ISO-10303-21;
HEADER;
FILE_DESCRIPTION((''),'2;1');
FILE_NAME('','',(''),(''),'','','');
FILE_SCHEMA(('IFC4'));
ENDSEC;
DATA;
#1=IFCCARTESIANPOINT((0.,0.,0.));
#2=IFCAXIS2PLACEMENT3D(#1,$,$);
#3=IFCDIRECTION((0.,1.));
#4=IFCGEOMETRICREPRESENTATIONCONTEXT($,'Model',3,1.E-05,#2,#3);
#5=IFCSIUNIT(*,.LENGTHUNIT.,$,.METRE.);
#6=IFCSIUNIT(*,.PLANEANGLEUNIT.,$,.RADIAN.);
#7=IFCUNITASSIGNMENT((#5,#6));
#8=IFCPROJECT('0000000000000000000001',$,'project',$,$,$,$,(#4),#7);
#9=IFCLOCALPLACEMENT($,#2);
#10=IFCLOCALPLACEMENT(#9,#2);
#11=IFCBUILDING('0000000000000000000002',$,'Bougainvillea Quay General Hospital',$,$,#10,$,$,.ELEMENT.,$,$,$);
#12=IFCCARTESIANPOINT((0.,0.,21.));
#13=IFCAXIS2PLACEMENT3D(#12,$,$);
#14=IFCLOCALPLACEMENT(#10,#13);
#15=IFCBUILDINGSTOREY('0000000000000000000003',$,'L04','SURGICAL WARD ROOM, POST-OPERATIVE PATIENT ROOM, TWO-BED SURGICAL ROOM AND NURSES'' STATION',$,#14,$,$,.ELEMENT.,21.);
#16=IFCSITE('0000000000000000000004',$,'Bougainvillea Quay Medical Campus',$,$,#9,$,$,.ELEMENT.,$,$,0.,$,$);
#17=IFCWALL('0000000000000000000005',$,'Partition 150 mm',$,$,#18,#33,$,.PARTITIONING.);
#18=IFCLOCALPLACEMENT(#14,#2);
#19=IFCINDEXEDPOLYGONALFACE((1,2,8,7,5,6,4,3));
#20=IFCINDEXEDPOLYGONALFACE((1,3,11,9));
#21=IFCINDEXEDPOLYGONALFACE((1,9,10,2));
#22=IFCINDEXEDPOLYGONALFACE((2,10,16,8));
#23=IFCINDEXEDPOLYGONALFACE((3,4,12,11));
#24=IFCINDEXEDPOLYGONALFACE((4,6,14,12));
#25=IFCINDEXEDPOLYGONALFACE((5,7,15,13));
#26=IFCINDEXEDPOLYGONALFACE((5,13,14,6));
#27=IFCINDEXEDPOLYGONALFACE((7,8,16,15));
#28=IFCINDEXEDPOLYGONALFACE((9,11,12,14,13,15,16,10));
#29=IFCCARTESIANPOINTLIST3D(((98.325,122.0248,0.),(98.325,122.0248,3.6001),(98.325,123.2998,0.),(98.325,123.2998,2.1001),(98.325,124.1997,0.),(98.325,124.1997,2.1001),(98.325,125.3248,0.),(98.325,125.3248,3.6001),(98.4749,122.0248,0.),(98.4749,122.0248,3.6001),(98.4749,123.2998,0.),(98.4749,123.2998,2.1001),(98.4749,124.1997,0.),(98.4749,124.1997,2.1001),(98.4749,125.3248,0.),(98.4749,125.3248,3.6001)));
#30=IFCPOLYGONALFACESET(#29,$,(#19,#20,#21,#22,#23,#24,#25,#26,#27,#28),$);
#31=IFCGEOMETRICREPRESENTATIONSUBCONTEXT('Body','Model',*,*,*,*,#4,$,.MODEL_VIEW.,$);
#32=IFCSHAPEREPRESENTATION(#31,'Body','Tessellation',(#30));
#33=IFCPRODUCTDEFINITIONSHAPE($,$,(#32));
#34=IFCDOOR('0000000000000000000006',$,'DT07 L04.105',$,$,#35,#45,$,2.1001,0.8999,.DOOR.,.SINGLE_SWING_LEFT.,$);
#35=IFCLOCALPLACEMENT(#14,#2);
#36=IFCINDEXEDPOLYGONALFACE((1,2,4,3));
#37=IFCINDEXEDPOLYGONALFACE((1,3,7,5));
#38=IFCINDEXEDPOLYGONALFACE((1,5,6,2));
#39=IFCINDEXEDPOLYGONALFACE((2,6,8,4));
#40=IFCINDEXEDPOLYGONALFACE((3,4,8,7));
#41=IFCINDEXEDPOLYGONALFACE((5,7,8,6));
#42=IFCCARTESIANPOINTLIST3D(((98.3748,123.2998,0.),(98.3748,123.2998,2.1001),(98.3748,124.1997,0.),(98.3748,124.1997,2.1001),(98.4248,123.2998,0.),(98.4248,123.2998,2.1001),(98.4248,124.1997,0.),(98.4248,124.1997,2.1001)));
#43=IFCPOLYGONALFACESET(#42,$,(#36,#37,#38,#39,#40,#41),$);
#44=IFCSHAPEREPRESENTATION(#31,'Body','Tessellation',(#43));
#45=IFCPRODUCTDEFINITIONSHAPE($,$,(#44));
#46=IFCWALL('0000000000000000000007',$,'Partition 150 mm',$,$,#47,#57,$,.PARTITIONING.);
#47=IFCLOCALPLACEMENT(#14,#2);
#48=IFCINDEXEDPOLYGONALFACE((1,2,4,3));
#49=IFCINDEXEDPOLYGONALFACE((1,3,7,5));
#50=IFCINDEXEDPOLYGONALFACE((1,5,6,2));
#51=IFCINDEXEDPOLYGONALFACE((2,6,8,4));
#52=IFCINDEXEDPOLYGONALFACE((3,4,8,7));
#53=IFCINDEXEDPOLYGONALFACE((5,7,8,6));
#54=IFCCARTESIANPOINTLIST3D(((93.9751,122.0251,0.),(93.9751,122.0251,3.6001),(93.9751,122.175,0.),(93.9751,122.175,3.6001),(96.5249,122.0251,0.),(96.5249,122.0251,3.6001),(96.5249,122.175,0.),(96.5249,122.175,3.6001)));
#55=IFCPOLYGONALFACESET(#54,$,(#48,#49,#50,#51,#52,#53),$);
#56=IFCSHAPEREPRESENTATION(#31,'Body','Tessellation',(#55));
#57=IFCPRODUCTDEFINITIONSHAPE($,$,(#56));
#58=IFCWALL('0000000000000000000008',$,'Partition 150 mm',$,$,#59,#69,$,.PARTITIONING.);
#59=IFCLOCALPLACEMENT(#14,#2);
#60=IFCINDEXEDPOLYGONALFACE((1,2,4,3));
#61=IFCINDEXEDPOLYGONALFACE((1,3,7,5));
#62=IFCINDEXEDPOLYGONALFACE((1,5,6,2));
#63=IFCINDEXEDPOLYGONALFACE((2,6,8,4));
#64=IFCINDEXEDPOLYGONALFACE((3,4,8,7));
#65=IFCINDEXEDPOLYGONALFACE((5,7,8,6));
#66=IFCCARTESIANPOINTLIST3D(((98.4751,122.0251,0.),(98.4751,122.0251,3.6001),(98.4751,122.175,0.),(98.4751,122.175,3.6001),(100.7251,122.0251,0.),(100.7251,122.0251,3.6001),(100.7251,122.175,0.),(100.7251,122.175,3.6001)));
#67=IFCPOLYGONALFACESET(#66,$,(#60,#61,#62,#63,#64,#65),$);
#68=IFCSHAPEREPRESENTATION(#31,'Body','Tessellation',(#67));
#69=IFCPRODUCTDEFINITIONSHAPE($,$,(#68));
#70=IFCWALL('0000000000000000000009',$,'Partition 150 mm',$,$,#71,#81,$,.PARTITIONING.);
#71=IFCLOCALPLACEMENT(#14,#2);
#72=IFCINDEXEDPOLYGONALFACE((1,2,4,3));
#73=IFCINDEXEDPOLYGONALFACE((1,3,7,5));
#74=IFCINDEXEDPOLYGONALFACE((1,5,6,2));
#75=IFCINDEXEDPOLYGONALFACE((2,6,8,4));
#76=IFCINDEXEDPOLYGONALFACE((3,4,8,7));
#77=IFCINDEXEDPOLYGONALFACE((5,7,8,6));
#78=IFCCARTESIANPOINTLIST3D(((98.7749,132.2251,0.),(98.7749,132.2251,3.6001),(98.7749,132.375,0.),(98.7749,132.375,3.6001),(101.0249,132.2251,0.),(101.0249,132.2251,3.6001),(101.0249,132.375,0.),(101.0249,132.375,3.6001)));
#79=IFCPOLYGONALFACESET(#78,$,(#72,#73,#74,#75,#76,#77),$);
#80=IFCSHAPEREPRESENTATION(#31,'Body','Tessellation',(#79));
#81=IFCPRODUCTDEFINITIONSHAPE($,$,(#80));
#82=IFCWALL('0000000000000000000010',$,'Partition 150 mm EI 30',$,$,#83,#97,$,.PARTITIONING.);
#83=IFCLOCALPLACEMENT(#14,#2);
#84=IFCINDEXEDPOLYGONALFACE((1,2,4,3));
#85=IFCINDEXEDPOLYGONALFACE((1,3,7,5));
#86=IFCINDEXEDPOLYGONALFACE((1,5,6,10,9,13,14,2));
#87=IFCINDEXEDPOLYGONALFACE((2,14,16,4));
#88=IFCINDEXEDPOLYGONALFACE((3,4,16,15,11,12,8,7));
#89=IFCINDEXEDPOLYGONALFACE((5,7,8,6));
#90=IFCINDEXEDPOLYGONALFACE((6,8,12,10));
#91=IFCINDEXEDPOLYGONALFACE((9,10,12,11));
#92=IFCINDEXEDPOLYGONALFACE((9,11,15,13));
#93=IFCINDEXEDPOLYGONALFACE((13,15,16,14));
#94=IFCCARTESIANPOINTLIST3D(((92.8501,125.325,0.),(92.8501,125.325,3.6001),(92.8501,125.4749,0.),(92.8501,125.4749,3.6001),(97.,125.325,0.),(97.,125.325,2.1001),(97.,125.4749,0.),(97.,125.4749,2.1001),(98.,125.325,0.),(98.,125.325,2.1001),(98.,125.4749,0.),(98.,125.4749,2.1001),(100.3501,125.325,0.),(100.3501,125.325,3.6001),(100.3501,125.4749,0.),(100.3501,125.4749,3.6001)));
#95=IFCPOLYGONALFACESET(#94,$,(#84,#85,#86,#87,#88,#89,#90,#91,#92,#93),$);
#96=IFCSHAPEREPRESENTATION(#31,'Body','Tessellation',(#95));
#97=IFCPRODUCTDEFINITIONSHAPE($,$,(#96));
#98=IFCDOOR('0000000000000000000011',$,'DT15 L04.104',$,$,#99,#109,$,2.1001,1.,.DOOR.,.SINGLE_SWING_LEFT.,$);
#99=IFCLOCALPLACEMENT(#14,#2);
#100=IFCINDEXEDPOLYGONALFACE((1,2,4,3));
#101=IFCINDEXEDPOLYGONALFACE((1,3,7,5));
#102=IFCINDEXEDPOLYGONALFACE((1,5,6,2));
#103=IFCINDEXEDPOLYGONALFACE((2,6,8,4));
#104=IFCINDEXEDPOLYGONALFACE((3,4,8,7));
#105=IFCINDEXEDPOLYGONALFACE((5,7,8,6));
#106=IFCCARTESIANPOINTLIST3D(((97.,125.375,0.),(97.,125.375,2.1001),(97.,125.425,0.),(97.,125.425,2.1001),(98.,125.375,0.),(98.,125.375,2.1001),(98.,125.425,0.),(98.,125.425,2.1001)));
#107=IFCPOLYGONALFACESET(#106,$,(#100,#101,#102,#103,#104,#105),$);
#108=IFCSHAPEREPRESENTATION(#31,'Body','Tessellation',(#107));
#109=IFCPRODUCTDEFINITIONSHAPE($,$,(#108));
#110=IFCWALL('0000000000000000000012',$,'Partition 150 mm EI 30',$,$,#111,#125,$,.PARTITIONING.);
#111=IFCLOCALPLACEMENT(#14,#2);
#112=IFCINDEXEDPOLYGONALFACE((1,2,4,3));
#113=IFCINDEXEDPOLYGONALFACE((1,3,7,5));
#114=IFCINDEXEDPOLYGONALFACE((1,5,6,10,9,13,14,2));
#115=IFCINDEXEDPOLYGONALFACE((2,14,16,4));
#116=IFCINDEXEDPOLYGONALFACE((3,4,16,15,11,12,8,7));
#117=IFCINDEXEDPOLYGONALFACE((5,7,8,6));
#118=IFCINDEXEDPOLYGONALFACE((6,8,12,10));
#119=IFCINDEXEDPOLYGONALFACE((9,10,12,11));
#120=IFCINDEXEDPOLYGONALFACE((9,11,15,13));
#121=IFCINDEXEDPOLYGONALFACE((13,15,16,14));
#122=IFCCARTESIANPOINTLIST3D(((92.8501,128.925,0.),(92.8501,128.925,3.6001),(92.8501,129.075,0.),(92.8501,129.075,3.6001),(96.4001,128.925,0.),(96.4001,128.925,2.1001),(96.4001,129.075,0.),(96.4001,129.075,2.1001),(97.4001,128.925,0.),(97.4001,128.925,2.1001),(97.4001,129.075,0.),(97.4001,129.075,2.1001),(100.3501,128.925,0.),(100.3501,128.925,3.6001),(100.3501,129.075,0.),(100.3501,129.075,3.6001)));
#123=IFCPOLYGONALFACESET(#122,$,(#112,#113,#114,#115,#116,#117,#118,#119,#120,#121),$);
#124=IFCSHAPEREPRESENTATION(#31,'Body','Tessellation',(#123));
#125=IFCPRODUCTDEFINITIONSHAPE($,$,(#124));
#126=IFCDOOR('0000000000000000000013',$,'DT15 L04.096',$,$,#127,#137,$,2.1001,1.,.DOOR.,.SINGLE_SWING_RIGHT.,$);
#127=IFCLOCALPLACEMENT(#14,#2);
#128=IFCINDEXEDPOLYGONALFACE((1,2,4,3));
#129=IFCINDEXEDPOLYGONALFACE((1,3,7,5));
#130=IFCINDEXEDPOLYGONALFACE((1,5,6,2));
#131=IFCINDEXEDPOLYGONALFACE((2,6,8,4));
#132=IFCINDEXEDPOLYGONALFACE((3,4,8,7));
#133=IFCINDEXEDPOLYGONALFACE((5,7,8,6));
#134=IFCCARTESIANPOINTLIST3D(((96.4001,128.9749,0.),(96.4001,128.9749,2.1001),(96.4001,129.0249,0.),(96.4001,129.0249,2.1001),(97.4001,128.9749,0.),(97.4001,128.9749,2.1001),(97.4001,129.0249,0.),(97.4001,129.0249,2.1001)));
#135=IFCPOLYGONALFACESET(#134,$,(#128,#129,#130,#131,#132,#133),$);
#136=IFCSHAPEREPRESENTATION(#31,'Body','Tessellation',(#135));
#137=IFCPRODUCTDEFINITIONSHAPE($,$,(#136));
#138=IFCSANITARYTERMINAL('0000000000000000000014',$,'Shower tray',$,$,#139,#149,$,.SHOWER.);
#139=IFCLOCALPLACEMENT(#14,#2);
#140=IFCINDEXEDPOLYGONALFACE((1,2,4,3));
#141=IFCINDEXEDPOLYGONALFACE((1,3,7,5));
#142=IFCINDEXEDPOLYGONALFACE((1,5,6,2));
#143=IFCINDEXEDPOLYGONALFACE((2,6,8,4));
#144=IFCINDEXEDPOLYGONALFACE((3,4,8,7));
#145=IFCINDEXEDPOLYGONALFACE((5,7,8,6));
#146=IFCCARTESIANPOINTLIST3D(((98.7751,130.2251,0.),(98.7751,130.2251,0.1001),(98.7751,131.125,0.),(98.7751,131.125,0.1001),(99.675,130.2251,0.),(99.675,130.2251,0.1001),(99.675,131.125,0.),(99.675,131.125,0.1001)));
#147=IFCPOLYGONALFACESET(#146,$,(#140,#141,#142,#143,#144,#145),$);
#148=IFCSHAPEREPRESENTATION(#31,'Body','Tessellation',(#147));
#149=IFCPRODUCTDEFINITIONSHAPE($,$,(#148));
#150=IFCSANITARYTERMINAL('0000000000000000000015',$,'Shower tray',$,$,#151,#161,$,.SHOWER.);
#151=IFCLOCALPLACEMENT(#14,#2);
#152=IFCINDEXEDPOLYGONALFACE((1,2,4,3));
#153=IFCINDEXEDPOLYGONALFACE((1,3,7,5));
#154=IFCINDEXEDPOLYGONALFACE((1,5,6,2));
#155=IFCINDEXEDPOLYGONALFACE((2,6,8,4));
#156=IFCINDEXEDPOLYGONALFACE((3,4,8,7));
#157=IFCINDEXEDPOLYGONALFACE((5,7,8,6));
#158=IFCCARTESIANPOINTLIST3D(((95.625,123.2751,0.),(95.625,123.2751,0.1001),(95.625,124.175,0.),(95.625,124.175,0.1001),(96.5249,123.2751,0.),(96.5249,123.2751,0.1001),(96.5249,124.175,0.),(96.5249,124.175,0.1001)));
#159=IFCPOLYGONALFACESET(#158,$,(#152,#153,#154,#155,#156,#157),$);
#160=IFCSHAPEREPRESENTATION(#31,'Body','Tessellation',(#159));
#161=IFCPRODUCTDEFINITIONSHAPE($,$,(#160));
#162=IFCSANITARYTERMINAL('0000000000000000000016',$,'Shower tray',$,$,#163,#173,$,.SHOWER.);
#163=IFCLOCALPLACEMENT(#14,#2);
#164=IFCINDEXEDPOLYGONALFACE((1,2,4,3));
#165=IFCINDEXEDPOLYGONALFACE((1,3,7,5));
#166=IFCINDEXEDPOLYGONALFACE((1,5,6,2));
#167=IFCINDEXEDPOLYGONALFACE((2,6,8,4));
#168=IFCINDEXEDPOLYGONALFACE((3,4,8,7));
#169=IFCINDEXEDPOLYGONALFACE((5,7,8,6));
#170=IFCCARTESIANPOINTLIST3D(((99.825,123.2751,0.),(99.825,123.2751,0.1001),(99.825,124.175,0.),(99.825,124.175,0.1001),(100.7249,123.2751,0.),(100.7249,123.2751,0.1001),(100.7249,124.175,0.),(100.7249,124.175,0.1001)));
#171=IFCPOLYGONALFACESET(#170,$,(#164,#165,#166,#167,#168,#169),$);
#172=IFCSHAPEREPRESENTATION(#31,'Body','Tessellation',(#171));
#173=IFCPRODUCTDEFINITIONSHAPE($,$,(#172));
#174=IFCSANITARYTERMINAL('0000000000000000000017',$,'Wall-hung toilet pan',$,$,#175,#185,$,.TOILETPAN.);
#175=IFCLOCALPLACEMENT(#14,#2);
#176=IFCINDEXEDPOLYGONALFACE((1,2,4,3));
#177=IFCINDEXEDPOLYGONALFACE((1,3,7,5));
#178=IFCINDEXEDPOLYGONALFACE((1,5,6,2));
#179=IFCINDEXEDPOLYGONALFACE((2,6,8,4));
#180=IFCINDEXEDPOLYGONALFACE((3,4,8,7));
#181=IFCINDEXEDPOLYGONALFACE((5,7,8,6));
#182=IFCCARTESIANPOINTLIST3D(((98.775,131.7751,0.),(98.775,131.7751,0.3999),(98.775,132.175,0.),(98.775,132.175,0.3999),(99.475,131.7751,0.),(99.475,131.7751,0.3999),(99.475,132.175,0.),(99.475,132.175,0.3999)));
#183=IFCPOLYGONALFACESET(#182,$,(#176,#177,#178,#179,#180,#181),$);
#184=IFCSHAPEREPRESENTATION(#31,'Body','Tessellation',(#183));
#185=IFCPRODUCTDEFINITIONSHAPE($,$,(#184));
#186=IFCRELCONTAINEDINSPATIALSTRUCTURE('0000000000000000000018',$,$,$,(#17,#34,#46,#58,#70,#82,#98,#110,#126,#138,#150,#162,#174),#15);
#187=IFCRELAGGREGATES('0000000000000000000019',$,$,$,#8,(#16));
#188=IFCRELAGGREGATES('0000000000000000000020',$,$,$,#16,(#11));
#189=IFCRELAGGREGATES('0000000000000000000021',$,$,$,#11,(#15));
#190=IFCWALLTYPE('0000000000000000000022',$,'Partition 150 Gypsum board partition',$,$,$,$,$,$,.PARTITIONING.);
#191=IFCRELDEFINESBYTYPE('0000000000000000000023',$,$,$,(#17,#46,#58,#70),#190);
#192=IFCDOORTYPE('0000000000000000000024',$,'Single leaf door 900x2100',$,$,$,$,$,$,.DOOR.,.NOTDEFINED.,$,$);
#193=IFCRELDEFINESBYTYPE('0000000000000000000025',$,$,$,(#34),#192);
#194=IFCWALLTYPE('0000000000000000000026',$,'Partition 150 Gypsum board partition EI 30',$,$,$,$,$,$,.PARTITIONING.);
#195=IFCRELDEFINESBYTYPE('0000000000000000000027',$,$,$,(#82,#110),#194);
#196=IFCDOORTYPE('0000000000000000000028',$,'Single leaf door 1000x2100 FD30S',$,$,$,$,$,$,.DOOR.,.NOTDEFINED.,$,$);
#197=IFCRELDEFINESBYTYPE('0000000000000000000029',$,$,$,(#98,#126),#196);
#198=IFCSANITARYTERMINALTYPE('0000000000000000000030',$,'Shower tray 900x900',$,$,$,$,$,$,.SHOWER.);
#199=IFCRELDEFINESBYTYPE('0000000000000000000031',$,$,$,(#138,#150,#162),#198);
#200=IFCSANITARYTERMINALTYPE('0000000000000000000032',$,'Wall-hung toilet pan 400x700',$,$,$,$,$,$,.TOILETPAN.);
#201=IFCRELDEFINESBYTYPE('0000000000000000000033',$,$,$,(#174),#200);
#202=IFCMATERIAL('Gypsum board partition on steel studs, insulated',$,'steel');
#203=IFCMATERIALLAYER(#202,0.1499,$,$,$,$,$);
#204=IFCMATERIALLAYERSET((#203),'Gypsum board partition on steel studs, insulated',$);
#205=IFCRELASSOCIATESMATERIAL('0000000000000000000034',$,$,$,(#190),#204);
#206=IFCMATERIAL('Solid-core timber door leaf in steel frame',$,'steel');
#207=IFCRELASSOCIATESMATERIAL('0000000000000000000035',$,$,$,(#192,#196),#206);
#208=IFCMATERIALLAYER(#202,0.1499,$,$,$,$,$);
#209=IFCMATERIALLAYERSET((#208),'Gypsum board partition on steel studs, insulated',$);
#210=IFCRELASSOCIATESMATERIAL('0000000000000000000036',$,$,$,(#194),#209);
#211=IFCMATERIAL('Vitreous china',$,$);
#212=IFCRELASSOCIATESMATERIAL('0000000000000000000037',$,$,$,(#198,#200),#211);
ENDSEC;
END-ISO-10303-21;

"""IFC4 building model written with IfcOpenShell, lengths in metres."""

from ifc_helpers import new_model, si_unit, direction, frame, frame_2d, origin, origin_2d, place, context, subcontext, project, spatial, rectangle, extrude, material, layer, layer_set, type_object, element, fill, save


model = new_model("IFC4")

# Units and contexts
model_context = context("Model", 3, precision=1e-05, world=origin(), true_north=direction((0.0, 1.0)))
body_context = subcontext(model_context, "Body", "Model", "MODEL_VIEW")
ifc_project = project(units=[si_unit("LENGTHUNIT", "METRE"), si_unit("PLANEANGLEUNIT", "RADIAN")], contexts=[model_context])

# Site, building, storey
site_placement = place(None, origin())
site = spatial("IfcSite", under=ifc_project, at=site_placement, Name="Bougainvillea Quay Medical Campus", CompositionType="ELEMENT", RefElevation=0.0)
building_placement = place(site_placement, origin())
building = spatial("IfcBuilding", under=site, at=building_placement, Name="Bougainvillea Quay General Hospital", CompositionType="ELEMENT")
storey_placement = place(building_placement, frame((0.0, 0.0, 21.0)))
storey = spatial("IfcBuildingStorey", under=building, at=storey_placement, Name="L04", Description="SURGICAL WARD ROOM, POST-OPERATIVE PATIENT ROOM, TWO-BED SURGICAL ROOM AND NURSES' STATION", CompositionType="ELEMENT", Elevation=21.0)

# Shared definitions
ifc_material_1 = material(Name="Gypsum board partition on steel studs, insulated", Category="steel")
ifc_layer_1 = layer(ifc_material_1, 0.1499)
ifc_layer_set_1 = layer_set([ifc_layer_1], Name="Gypsum board partition on steel studs, insulated")
wall_type_1 = type_object("IfcWallType", Name="Partition 150 Gypsum board partition", PredefinedType="PARTITIONING", material=ifc_layer_set_1)

# Wall, opening, door
ifc_material_2 = material(Name="Solid-core timber door leaf in steel frame", Category="steel")
door_type_1 = type_object("IfcDoorType", Name="Single leaf door 900x2100", OperationType="NOTDEFINED", PredefinedType="DOOR", material=ifc_material_2)
wall_1_placement = place(storey_placement, frame((98.3999, 122.0249, 0.0), z_axis=(0.0, 0.0, 1.0), x_axis=(0.0, 1.0, 0.0)))
wall_1 = element("IfcWall", 1, at=wall_1_placement, inside=storey, type_object=wall_type_1, Name="Partition 150 mm", PredefinedType="PARTITIONING", context=body_context, shape_type="SweptSolid", body=[
    extrude(rectangle(XDim=3.3, YDim=0.1499, at=frame_2d((1.6499, 0.0))), origin(), (0.0, 0.0, 1.0), 3.6001),
])
opening_1_placement = place(wall_1_placement, frame((1.2749, 0.0, 0.0)))
opening_1 = element("IfcOpeningElement", 2, at=opening_1_placement, cuts=wall_1, PredefinedType="OPENING", context=body_context, shape_type="SweptSolid", body=[
    extrude(rectangle(XDim=0.8999, YDim=2.1001, at=frame_2d((0.45, 1.05))), frame((0.0, 0.085, 0.0), z_axis=(0.0, -1.0, 0.0), x_axis=(1.0, 0.0, 0.0)), (0.0, 0.0, 1.0), 0.1699),
])
door_1_placement = place(opening_1_placement, frame((0.8999, 0.0, 0.0), z_axis=(0.0, 0.0, 1.0), x_axis=(-1.0, 0.0, 0.0)))
door_1 = element("IfcDoor", 3, at=door_1_placement, inside=storey, type_object=door_type_1, Name="DT07 L04.105", OperationType="SINGLE_SWING_LEFT", OverallHeight=2.1001, OverallWidth=0.8999, PredefinedType="DOOR", context=body_context, shape_type="SweptSolid", body=[
    extrude(rectangle(XDim=0.8999, YDim=2.1001, at=frame_2d((0.45, 1.05))), frame((0.0, 0.0249, 0.0), z_axis=(0.0, -1.0, 0.0), x_axis=(1.0, 0.0, 0.0)), (0.0, 0.0, 1.0), 0.05),
])
fill(opening_1, door_1)

# Walls
wall_2_placement = place(storey_placement, frame((93.9751, 122.1001, 0.0), z_axis=(0.0, 0.0, 1.0), x_axis=(1.0, 0.0, 0.0)))
element("IfcWall", 4, at=wall_2_placement, inside=storey, type_object=wall_type_1, Name="Partition 150 mm", PredefinedType="PARTITIONING", context=body_context, shape_type="SweptSolid", body=[
    extrude(rectangle(XDim=2.5498, YDim=0.1499, at=frame_2d((1.2749, 0.0))), origin(), (0.0, 0.0, 1.0), 3.6001),
])
for number, where, z_axis, x_axis, name in (
    (5, (98.4751, 122.1001, 0.0), (0.0, 0.0, 1.0), (1.0, 0.0, 0.0), "Partition 150 mm"),
    (6, (98.7749, 132.3, 0.0), (0.0, 0.0, 1.0), (1.0, 0.0, 0.0), "Partition 150 mm"),
):
    element("IfcWall", number, at=place(storey_placement, frame(where, z_axis=z_axis, x_axis=x_axis)), inside=storey, type_object=wall_type_1, Name=name, PredefinedType="PARTITIONING", context=body_context, shape_type="SweptSolid", body=[
        extrude(rectangle(XDim=2.25, YDim=0.1499, at=frame_2d((1.125, 0.0))), origin(), (0.0, 0.0, 1.0), 3.6001),
    ])

# Walls, openings, doors
ifc_layer_2 = layer(ifc_material_1, 0.1499)
ifc_layer_set_2 = layer_set([ifc_layer_2], Name="Gypsum board partition on steel studs, insulated")
wall_type_2 = type_object("IfcWallType", Name="Partition 150 Gypsum board partition EI 30", PredefinedType="PARTITIONING", material=ifc_layer_set_2)
wall_3_placement = place(storey_placement, frame((100.3501, 125.3999, 0.0), z_axis=(0.0, 0.0, 1.0), x_axis=(-1.0, 0.0, 0.0)))
wall_3 = element("IfcWall", 7, at=wall_3_placement, inside=storey, type_object=wall_type_2, Name="Partition 150 mm EI 30", PredefinedType="PARTITIONING", context=body_context, shape_type="SweptSolid", body=[
    extrude(rectangle(XDim=7.5, YDim=0.1499, at=frame_2d((3.75, 0.0))), origin(), (0.0, 0.0, 1.0), 3.6001),
])
opening_2_placement = place(wall_3_placement, frame((2.3501, 0.0, 0.0)))
opening_2 = element("IfcOpeningElement", 8, at=opening_2_placement, cuts=wall_3, PredefinedType="OPENING", context=body_context, shape_type="SweptSolid", body=[
    extrude(rectangle(XDim=1.0, YDim=2.1001, at=frame_2d((0.5, 1.05))), frame((0.0, 0.085, 0.0), z_axis=(0.0, -1.0, 0.0), x_axis=(1.0, 0.0, 0.0)), (0.0, 0.0, 1.0), 0.1699),
])
door_type_2 = type_object("IfcDoorType", Name="Single leaf door 1000x2100 FD30S", OperationType="NOTDEFINED", PredefinedType="DOOR", material=ifc_material_2)
door_2_placement = place(opening_2_placement, origin())
door_2 = element("IfcDoor", 9, at=door_2_placement, inside=storey, type_object=door_type_2, Name="DT15 L04.104", OperationType="SINGLE_SWING_LEFT", OverallHeight=2.1001, OverallWidth=1.0, PredefinedType="DOOR", context=body_context, shape_type="SweptSolid", body=[
    extrude(rectangle(XDim=1.0, YDim=2.1001, at=frame_2d((0.5, 1.05))), frame((0.0, 0.0249, 0.0), z_axis=(0.0, -1.0, 0.0), x_axis=(1.0, 0.0, 0.0)), (0.0, 0.0, 1.0), 0.05),
])
fill(opening_2, door_2)
wall_4_placement = place(storey_placement, frame((100.3501, 129.0, 0.0), z_axis=(0.0, 0.0, 1.0), x_axis=(-1.0, 0.0, 0.0)))
wall_4 = element("IfcWall", 10, at=wall_4_placement, inside=storey, type_object=wall_type_2, Name="Partition 150 mm EI 30", PredefinedType="PARTITIONING", context=body_context, shape_type="SweptSolid", body=[
    extrude(rectangle(XDim=7.5, YDim=0.1499, at=frame_2d((3.75, 0.0))), origin(), (0.0, 0.0, 1.0), 3.6001),
])
opening_3_placement = place(wall_4_placement, frame((2.95, 0.0, 0.0)))
opening_3 = element("IfcOpeningElement", 11, at=opening_3_placement, cuts=wall_4, PredefinedType="OPENING", context=body_context, shape_type="SweptSolid", body=[
    extrude(rectangle(XDim=1.0, YDim=2.1001, at=frame_2d((0.5, 1.05))), frame((0.0, 0.085, 0.0), z_axis=(0.0, -1.0, 0.0), x_axis=(1.0, 0.0, 0.0)), (0.0, 0.0, 1.0), 0.1699),
])
door_3_placement = place(opening_3_placement, frame((1.0, 0.0, 0.0), z_axis=(0.0, 0.0, 1.0), x_axis=(-1.0, 0.0, 0.0)))
door_3 = element("IfcDoor", 12, at=door_3_placement, inside=storey, type_object=door_type_2, Name="DT15 L04.096", OperationType="SINGLE_SWING_RIGHT", OverallHeight=2.1001, OverallWidth=1.0, PredefinedType="DOOR", context=body_context, shape_type="SweptSolid", body=[
    extrude(rectangle(XDim=1.0, YDim=2.1001, at=frame_2d((0.5, 1.05))), frame((0.0, 0.0249, 0.0), z_axis=(0.0, -1.0, 0.0), x_axis=(1.0, 0.0, 0.0)), (0.0, 0.0, 1.0), 0.05),
])
fill(opening_3, door_3)

# Sanitary terminals
ifc_material_3 = material(Name="Vitreous china")
sanitary_terminal_type_1 = type_object("IfcSanitaryTerminalType", Name="Shower tray 900x900", PredefinedType="SHOWER", material=ifc_material_3)
for number, where, z_axis, x_axis, name in (
    (13, (99.2251, 130.675, 0.0), (0.0, 0.0, 1.0), (0.0, 1.0, 0.0), "Shower tray"),
    (14, (96.075, 123.7251, 0.0), (0.0, 0.0, 1.0), (0.0, -1.0, 0.0), "Shower tray"),
    (15, (100.2749, 123.7251, 0.0), (0.0, 0.0, 1.0), (0.0, -1.0, 0.0), "Shower tray"),
):
    element("IfcSanitaryTerminal", number, at=place(storey_placement, frame(where, z_axis=z_axis, x_axis=x_axis)), inside=storey, type_object=sanitary_terminal_type_1, Name=name, PredefinedType="SHOWER", context=body_context, shape_type="SweptSolid", body=[
        extrude(rectangle(XDim=0.8999, YDim=0.8999, at=origin_2d()), origin(), (0.0, 0.0, 1.0), 0.1001),
    ])
sanitary_terminal_type_2 = type_object("IfcSanitaryTerminalType", Name="Wall-hung toilet pan 400x700", PredefinedType="TOILETPAN", material=ifc_material_3)
for number, where, z_axis, x_axis, name in (
    (16, (99.125, 131.9751, 0.0), (0.0, 0.0, 1.0), (0.0, 1.0, 0.0), "Wall-hung toilet pan"),
):
    element("IfcSanitaryTerminal", number, at=place(storey_placement, frame(where, z_axis=z_axis, x_axis=x_axis)), inside=storey, type_object=sanitary_terminal_type_2, Name=name, PredefinedType="TOILETPAN", context=body_context, shape_type="SweptSolid", body=[
        extrude(rectangle(XDim=0.3999, YDim=0.7, at=origin_2d()), origin(), (0.0, 0.0, 1.0), 0.3999),
    ])

save(model, "model.ifc")
